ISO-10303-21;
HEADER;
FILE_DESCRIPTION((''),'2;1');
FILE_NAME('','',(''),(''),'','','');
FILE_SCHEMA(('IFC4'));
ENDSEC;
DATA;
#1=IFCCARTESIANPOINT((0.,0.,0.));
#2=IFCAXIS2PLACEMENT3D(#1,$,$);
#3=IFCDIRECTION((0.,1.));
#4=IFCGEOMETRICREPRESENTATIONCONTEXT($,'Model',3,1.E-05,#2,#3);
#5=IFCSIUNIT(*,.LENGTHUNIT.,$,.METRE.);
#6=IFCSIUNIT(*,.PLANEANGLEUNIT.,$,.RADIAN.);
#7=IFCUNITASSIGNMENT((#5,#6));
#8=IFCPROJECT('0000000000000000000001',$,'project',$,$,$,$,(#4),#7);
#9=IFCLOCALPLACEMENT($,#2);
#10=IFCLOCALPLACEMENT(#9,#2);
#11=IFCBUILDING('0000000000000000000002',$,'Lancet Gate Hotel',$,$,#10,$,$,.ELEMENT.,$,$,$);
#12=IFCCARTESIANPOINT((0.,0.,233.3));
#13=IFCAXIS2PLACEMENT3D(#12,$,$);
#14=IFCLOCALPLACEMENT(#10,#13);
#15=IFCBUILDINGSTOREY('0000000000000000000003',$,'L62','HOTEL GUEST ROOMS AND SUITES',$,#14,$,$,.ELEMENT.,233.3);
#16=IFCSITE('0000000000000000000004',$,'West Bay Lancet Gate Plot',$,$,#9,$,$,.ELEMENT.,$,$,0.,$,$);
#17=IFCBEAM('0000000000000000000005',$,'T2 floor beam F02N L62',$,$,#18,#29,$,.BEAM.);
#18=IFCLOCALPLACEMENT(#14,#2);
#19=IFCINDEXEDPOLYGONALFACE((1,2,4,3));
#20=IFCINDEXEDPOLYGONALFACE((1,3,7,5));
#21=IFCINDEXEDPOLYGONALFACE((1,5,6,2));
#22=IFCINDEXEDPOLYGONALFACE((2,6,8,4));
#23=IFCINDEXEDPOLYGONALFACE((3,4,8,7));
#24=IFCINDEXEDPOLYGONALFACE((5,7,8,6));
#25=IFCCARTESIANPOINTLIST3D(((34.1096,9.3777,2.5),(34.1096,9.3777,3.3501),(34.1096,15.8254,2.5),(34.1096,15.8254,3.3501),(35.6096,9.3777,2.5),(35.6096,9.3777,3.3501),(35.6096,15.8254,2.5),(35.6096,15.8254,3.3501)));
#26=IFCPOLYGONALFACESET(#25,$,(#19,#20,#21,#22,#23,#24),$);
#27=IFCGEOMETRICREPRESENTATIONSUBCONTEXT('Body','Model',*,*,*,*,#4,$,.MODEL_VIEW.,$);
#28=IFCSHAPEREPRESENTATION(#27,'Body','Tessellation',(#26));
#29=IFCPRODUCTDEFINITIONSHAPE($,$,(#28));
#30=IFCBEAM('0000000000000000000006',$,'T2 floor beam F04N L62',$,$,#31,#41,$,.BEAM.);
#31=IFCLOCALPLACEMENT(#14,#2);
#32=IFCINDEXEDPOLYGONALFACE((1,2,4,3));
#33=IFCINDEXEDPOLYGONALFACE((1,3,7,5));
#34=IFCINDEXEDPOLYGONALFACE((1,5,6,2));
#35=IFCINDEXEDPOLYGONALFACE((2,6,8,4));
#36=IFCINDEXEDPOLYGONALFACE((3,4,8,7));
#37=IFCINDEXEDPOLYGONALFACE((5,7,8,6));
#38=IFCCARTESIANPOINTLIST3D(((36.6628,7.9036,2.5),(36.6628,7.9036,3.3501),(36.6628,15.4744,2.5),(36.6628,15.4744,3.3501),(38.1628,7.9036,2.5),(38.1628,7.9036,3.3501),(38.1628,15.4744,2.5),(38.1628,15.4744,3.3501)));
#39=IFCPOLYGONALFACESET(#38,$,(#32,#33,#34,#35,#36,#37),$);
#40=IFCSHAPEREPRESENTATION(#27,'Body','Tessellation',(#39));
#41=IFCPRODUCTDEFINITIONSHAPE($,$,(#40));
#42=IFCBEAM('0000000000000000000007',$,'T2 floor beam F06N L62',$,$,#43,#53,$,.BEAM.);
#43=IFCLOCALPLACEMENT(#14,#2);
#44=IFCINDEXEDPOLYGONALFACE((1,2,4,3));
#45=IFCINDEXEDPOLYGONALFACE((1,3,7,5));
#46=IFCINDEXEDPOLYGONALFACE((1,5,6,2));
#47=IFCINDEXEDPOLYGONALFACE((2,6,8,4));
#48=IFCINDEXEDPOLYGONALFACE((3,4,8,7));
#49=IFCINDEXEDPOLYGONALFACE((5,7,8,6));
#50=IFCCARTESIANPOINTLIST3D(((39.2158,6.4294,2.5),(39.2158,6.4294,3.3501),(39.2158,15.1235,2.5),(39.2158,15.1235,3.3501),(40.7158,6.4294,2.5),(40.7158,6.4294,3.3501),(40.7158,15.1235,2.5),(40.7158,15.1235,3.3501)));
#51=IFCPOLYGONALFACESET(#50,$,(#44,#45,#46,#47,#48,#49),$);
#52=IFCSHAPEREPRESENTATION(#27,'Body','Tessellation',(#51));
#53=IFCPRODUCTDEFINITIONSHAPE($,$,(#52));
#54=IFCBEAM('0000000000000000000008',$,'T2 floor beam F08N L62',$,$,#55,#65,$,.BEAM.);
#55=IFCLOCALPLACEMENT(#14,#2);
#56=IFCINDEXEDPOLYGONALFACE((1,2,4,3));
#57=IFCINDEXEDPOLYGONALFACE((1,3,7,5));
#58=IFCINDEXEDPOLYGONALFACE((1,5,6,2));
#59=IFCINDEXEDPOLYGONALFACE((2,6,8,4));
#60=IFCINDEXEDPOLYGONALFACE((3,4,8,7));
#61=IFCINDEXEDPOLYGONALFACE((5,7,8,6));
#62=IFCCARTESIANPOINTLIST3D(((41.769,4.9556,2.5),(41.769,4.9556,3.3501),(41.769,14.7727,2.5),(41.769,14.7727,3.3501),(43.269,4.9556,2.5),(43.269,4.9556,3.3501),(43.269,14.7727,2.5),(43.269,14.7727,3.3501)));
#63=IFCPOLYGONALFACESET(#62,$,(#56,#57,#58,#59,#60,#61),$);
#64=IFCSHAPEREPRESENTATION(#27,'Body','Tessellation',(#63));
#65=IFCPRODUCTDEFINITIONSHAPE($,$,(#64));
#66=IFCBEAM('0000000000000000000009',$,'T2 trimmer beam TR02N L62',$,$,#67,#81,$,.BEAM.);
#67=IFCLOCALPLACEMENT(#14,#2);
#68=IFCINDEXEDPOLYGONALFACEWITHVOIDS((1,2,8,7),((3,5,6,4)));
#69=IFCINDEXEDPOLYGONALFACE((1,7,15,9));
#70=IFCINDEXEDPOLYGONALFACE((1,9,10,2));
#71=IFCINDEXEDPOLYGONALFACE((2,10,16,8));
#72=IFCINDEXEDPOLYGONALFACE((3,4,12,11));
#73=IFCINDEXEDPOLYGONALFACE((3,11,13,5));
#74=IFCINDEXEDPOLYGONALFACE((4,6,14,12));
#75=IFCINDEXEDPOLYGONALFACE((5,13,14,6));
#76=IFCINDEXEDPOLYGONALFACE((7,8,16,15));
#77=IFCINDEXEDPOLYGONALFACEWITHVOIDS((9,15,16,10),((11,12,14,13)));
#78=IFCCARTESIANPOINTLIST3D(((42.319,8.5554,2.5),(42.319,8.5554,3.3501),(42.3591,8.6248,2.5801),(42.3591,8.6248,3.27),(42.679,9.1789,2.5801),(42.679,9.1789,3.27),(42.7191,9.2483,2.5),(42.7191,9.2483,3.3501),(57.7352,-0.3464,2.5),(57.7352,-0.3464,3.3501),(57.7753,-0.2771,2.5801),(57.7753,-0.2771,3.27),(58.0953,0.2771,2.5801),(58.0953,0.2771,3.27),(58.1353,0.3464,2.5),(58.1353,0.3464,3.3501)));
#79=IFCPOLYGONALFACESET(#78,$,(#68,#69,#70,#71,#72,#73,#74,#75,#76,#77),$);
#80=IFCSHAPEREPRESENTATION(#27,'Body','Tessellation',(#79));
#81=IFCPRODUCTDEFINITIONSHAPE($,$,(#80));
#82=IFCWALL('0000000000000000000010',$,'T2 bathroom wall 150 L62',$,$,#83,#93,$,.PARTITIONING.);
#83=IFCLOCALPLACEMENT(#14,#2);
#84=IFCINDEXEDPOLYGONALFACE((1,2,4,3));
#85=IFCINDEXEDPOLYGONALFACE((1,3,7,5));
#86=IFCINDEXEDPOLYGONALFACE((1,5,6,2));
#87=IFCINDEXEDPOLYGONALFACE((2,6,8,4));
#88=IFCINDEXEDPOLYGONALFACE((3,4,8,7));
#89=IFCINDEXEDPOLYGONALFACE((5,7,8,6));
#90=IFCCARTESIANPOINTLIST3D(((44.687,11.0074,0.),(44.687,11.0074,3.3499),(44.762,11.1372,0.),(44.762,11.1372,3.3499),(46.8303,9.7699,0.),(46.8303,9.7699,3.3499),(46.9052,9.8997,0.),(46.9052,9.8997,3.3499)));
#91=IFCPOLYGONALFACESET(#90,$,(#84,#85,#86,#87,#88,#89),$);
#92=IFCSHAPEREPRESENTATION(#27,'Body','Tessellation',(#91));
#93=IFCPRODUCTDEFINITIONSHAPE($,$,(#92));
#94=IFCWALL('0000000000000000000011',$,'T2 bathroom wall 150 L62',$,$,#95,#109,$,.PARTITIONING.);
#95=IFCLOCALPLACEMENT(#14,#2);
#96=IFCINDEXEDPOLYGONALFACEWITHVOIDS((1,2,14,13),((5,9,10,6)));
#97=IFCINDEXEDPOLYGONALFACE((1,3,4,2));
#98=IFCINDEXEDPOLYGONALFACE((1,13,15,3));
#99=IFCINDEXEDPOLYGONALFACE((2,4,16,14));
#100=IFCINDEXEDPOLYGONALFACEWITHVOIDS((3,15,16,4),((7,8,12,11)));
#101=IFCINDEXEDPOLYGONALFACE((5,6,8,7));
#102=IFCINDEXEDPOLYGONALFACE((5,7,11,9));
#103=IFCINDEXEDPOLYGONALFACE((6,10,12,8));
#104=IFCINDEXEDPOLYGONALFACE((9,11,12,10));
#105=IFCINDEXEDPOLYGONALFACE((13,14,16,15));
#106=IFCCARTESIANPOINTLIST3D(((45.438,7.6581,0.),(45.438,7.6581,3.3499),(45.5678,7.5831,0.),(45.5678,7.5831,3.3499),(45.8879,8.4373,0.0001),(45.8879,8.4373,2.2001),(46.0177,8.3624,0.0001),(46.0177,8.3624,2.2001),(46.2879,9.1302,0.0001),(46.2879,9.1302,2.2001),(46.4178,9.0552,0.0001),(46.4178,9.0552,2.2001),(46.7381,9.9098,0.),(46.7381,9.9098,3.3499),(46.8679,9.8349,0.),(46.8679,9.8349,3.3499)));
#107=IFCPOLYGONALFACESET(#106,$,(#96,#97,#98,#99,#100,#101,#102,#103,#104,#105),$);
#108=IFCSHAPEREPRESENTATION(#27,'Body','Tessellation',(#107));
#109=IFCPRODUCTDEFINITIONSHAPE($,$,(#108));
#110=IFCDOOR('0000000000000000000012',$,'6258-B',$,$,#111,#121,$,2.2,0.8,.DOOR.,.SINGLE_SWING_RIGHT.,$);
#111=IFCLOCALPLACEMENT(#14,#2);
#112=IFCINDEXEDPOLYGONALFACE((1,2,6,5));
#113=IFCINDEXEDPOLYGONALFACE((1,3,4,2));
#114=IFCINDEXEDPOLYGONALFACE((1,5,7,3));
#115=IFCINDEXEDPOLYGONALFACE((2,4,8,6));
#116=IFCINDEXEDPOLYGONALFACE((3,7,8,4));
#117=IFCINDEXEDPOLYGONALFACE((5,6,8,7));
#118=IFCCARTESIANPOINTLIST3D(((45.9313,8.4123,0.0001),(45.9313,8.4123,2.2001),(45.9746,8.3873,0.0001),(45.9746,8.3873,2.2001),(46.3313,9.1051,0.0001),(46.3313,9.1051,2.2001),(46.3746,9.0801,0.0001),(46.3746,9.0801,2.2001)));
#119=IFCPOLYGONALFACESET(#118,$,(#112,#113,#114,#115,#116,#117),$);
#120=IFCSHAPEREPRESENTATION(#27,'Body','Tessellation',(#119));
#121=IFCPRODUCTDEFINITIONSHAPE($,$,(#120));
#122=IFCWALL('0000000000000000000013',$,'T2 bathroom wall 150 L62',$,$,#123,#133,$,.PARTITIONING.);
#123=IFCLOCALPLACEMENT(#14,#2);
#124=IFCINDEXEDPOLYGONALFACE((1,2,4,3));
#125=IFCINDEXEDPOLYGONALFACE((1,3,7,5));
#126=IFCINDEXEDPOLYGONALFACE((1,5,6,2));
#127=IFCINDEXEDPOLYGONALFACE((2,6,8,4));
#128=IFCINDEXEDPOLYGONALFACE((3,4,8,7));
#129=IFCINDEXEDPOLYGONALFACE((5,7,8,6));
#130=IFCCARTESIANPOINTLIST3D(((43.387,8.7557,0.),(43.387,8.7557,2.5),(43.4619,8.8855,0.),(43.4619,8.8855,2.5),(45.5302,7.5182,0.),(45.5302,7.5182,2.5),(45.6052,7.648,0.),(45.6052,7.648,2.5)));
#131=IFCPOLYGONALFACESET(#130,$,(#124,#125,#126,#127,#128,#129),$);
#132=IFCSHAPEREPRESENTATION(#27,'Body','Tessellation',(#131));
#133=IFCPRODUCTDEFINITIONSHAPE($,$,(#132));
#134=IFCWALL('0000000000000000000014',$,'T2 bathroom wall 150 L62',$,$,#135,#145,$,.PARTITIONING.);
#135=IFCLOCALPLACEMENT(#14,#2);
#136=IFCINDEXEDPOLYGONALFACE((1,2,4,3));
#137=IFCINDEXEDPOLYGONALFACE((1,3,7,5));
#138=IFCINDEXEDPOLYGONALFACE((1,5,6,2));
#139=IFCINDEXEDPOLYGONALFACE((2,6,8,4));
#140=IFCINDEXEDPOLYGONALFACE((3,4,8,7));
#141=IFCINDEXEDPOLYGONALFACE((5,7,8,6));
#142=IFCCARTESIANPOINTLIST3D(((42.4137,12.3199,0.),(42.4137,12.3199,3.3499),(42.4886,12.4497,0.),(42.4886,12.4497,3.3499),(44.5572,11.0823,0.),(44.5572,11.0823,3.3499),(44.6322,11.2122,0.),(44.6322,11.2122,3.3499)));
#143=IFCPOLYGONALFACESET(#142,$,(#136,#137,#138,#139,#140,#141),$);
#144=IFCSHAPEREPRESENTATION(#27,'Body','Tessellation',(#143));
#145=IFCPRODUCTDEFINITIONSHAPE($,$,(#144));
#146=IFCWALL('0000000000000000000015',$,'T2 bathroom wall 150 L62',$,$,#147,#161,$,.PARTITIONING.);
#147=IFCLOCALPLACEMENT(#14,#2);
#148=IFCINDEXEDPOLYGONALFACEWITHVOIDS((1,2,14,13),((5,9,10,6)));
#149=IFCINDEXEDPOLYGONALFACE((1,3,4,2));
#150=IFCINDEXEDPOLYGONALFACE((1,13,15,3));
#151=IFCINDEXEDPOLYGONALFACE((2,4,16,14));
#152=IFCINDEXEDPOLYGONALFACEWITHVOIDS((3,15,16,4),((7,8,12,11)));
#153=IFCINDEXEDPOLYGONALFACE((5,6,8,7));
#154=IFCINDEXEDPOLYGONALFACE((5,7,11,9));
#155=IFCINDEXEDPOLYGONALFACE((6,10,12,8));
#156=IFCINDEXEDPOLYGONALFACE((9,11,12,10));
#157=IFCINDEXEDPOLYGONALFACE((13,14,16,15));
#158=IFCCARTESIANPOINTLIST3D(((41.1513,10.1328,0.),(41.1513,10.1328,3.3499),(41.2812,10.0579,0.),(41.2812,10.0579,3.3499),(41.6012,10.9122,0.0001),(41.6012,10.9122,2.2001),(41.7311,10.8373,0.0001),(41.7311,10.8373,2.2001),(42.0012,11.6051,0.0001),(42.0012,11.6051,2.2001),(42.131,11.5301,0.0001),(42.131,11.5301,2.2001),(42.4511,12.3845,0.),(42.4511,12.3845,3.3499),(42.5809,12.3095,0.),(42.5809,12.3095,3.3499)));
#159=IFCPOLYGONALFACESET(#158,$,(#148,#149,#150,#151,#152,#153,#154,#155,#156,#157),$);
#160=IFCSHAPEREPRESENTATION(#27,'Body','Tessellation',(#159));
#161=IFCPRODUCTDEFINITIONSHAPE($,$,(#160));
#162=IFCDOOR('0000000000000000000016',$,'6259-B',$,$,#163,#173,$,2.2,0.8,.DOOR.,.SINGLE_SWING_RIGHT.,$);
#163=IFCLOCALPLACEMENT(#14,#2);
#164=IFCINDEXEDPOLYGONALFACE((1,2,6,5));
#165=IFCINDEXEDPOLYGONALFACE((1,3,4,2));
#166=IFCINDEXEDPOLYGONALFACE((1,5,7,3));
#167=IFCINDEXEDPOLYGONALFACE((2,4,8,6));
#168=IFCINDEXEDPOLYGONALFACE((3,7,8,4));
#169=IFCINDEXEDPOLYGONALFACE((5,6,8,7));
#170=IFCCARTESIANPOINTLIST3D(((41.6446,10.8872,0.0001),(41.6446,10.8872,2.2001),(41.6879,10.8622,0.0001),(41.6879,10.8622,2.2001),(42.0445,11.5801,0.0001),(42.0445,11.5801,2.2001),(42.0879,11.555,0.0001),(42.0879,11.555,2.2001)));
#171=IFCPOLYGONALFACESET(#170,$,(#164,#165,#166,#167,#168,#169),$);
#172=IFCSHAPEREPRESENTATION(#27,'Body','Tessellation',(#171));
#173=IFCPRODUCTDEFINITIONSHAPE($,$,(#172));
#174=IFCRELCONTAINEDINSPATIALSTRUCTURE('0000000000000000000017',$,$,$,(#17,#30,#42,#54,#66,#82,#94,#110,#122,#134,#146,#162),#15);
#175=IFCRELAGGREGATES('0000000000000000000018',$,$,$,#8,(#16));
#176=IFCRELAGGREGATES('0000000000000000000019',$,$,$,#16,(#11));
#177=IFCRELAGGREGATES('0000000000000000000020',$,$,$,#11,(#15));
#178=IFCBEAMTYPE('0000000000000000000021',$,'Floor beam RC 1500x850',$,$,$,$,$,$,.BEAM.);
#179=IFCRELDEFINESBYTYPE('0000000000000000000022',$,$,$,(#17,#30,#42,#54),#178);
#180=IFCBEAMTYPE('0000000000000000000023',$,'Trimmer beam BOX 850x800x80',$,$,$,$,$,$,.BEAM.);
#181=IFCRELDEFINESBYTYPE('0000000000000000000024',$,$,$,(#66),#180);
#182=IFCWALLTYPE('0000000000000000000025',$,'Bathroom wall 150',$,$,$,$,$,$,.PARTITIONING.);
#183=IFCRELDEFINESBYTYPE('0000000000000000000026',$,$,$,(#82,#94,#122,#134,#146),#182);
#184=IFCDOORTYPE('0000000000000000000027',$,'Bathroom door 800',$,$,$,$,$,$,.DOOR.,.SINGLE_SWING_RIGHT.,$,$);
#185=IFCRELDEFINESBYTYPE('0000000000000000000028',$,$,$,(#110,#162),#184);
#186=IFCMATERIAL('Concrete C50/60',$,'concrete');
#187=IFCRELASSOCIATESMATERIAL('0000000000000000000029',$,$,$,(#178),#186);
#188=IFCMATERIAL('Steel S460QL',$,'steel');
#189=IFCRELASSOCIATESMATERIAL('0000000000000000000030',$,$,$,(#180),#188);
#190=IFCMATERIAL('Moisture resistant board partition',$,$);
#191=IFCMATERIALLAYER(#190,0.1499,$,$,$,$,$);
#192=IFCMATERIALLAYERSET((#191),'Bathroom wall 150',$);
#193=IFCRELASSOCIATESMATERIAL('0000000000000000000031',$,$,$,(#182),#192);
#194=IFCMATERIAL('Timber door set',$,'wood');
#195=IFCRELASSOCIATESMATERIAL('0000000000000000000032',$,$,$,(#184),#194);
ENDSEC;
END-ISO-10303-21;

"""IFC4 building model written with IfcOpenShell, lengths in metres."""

from ifc_helpers import new_model, si_unit, direction, frame, frame_2d, origin, origin_2d, place, context, subcontext, project, spatial, rectangle, hollow_rectangle, extrude, material, layer, layer_set, material_profile, profile_set, type_object, element, fill, save


model = new_model("IFC4")

# Units and contexts
model_context = context("Model", 3, precision=1e-05, world=origin(), true_north=direction((0.0, 1.0)))
body_context = subcontext(model_context, "Body", "Model", "MODEL_VIEW")
ifc_project = project(units=[si_unit("LENGTHUNIT", "METRE"), si_unit("PLANEANGLEUNIT", "RADIAN")], contexts=[model_context])

# Site, building, storey
site_placement = place(None, origin())
site = spatial("IfcSite", under=ifc_project, at=site_placement, Name="West Bay Lancet Gate Plot", CompositionType="ELEMENT", RefElevation=0.0)
building_placement = place(site_placement, origin())
building = spatial("IfcBuilding", under=site, at=building_placement, Name="Lancet Gate Hotel", CompositionType="ELEMENT")
storey_placement = place(building_placement, frame((0.0, 0.0, 233.3)))
storey = spatial("IfcBuildingStorey", under=building, at=storey_placement, Name="L62", Description="HOTEL GUEST ROOMS AND SUITES", CompositionType="ELEMENT", Elevation=233.3)

# Beams
ifc_material_1 = material(Name="Concrete C50/60", Category="concrete")
ifc_material_profile_1 = material_profile(ifc_material_1, rectangle(XDim=1.5, YDim=0.8501, at=origin_2d()), Name="RC 1500x850")
ifc_profile_set_1 = profile_set([ifc_material_profile_1], Name="Concrete C50/60")
beam_type_1 = type_object("IfcBeamType", Name="Floor beam RC 1500x850", PredefinedType="BEAM", material=ifc_profile_set_1)
beam_1_placement = place(storey_placement, frame((34.8596, 9.3777, 2.925), z_axis=(0.0, 1.0, 0.0), x_axis=(-1.0, 0.0, 0.0)))
element("IfcBeam", 1, at=beam_1_placement, inside=storey, type_object=beam_type_1, Name="T2 floor beam F02N L62", PredefinedType="BEAM", context=body_context, shape_type="SweptSolid", body=[
    extrude(rectangle(XDim=1.5, YDim=0.8501, at=origin_2d()), origin(), (0.0, 0.0, 1.0), 6.4478),
])
beam_2_placement = place(storey_placement, frame((37.4128, 7.9036, 2.925), z_axis=(0.0, 1.0, 0.0), x_axis=(-1.0, 0.0, 0.0)))
element("IfcBeam", 2, at=beam_2_placement, inside=storey, type_object=beam_type_1, Name="T2 floor beam F04N L62", PredefinedType="BEAM", context=body_context, shape_type="SweptSolid", body=[
    extrude(rectangle(XDim=1.5, YDim=0.8501, at=origin_2d()), origin(), (0.0, 0.0, 1.0), 7.5708),
])
beam_3_placement = place(storey_placement, frame((39.9658, 6.4294, 2.925), z_axis=(0.0, 1.0, 0.0), x_axis=(-1.0, 0.0, 0.0)))
element("IfcBeam", 3, at=beam_3_placement, inside=storey, type_object=beam_type_1, Name="T2 floor beam F06N L62", PredefinedType="BEAM", context=body_context, shape_type="SweptSolid", body=[
    extrude(rectangle(XDim=1.5, YDim=0.8501, at=origin_2d()), origin(), (0.0, 0.0, 1.0), 8.6941),
])
beam_4_placement = place(storey_placement, frame((42.519, 4.9556, 2.925), z_axis=(0.0, 1.0, 0.0), x_axis=(-1.0, 0.0, 0.0)))
element("IfcBeam", 4, at=beam_4_placement, inside=storey, type_object=beam_type_1, Name="T2 floor beam F08N L62", PredefinedType="BEAM", context=body_context, shape_type="SweptSolid", body=[
    extrude(rectangle(XDim=1.5, YDim=0.8501, at=origin_2d()), origin(), (0.0, 0.0, 1.0), 9.8171),
])
ifc_material_2 = material(Name="Steel S460QL", Category="steel")
ifc_material_profile_2 = material_profile(ifc_material_2, hollow_rectangle(XDim=0.8, YDim=0.8501, WallThickness=0.0801, at=origin_2d()), Name="BOX 850x800x80")
ifc_profile_set_2 = profile_set([ifc_material_profile_2], Name="Steel S460QL")
beam_type_2 = type_object("IfcBeamType", Name="Trimmer beam BOX 850x800x80", PredefinedType="BEAM", material=ifc_profile_set_2)
beam_5_placement = place(storey_placement, frame((42.519, 8.9019, 2.925), z_axis=(0.865994, -0.500054, 0.0), x_axis=(0.500054, 0.865994, 0.0)))
element("IfcBeam", 5, at=beam_5_placement, inside=storey, type_object=beam_type_2, Name="T2 trimmer beam TR02N L62", PredefinedType="BEAM", context=body_context, shape_type="SweptSolid", body=[
    extrude(hollow_rectangle(XDim=0.8, YDim=0.8501, WallThickness=0.0801, at=origin_2d()), origin(), (0.0, 0.0, 1.0), 17.8018),
])

# Wall
ifc_material_3 = material(Name="Moisture resistant board partition")
ifc_layer_1 = layer(ifc_material_3, 0.1499)
ifc_layer_set_1 = layer_set([ifc_layer_1], Name="Bathroom wall 150")
wall_type_1 = type_object("IfcWallType", Name="Bathroom wall 150", PredefinedType="PARTITIONING", material=ifc_layer_set_1)
wall_1_placement = place(storey_placement, frame((44.7246, 11.0723, 0.0), z_axis=(0.0, 0.0, 1.0), x_axis=(0.866007, -0.500033, 0.0)))
element("IfcWall", 6, at=wall_1_placement, inside=storey, type_object=wall_type_1, Name="T2 bathroom wall 150 L62", PredefinedType="PARTITIONING", context=body_context, shape_type="SweptSolid", body=[
    extrude(rectangle(XDim=2.4749, YDim=0.1499, at=frame_2d((1.2373, 0.0))), origin(), (0.0, 0.0, 1.0), 3.3499),
])

# Wall, opening, door
wall_2_placement = place(storey_placement, frame((45.5029, 7.6206, 0.0), z_axis=(0.0, 0.0, 1.0), x_axis=(0.500007, 0.866021, 0.0)))
wall_2 = element("IfcWall", 7, at=wall_2_placement, inside=storey, type_object=wall_type_1, Name="T2 bathroom wall 150 L62", PredefinedType="PARTITIONING", context=body_context, shape_type="SweptSolid", body=[
    extrude(rectangle(XDim=2.6001, YDim=0.1499, at=frame_2d((1.3, 0.0))), origin(), (0.0, 0.0, 1.0), 3.3499),
])
opening_1_placement = place(wall_2_placement, frame((0.8999, 0.0, 0.0)))
opening_1 = element("IfcOpeningElement", 8, at=opening_1_placement, cuts=wall_2, PredefinedType="OPENING", context=body_context, shape_type="SweptSolid", body=[
    extrude(rectangle(XDim=0.8, YDim=2.2, at=frame_2d((0.3999, 1.1001))), frame((0.0, 0.085, 0.0), z_axis=(0.0, -1.0, 0.0), x_axis=(1.0, 0.0, 0.0)), (0.0, 0.0, 1.0), 0.1699),
])
ifc_material_4 = material(Name="Timber door set", Category="wood")
door_type_1 = type_object("IfcDoorType", Name="Bathroom door 800", OperationType="SINGLE_SWING_RIGHT", PredefinedType="DOOR", material=ifc_material_4)
door_1_placement = place(opening_1_placement, origin())
door_1 = element("IfcDoor", 9, at=door_1_placement, inside=storey, type_object=door_type_1, Name="6258-B", OperationType="SINGLE_SWING_RIGHT", OverallHeight=2.2, OverallWidth=0.8, PredefinedType="DOOR", context=body_context, shape_type="SweptSolid", body=[
    extrude(rectangle(XDim=0.8, YDim=2.2, at=frame_2d((0.3999, 1.1001))), frame((0.0, 0.0249, 0.0), z_axis=(0.0, -1.0, 0.0), x_axis=(1.0, 0.0, 0.0)), (0.0, 0.0, 1.0), 0.05),
])
fill(opening_1, door_1)

# Walls
wall_3_placement = place(storey_placement, frame((43.4246, 8.8206, 0.0), z_axis=(0.0, 0.0, 1.0), x_axis=(0.866007, -0.500033, 0.0)))
element("IfcWall", 10, at=wall_3_placement, inside=storey, type_object=wall_type_1, Name="T2 bathroom wall 150 L62", PredefinedType="PARTITIONING", context=body_context, shape_type="SweptSolid", body=[
    extrude(rectangle(XDim=2.4749, YDim=0.1499, at=frame_2d((1.2373, 0.0))), origin(), (0.0, 0.0, 1.0), 2.5),
])
wall_4_placement = place(storey_placement, frame((42.4512, 12.3848, 0.0), z_axis=(0.0, 0.0, 1.0), x_axis=(0.866031, -0.49999, 0.0)))
element("IfcWall", 11, at=wall_4_placement, inside=storey, type_object=wall_type_1, Name="T2 bathroom wall 150 L62", PredefinedType="PARTITIONING", context=body_context, shape_type="SweptSolid", body=[
    extrude(rectangle(XDim=2.4751, YDim=0.1499, at=frame_2d((1.2375, 0.0))), origin(), (0.0, 0.0, 1.0), 3.3499),
])

# Wall, opening, door
wall_5_placement = place(storey_placement, frame((41.2163, 10.0955, 0.0), z_axis=(0.0, 0.0, 1.0), x_axis=(0.499937, 0.866062, 0.0)))
wall_5 = element("IfcWall", 12, at=wall_5_placement, inside=storey, type_object=wall_type_1, Name="T2 bathroom wall 150 L62", PredefinedType="PARTITIONING", context=body_context, shape_type="SweptSolid", body=[
    extrude(rectangle(XDim=2.5999, YDim=0.1499, at=frame_2d((1.2998, 0.0))), origin(), (0.0, 0.0, 1.0), 3.3499),
])
opening_2_placement = place(wall_5_placement, frame((0.8999, 0.0, 0.0)))
opening_2 = element("IfcOpeningElement", 13, at=opening_2_placement, cuts=wall_5, PredefinedType="OPENING", context=body_context, shape_type="SweptSolid", body=[
    extrude(rectangle(XDim=0.8, YDim=2.2, at=frame_2d((0.3999, 1.1001))), frame((0.0, 0.085, 0.0), z_axis=(0.0, -1.0, 0.0), x_axis=(1.0, 0.0, 0.0)), (0.0, 0.0, 1.0), 0.1699),
])
door_2_placement = place(opening_2_placement, origin())
door_2 = element("IfcDoor", 14, at=door_2_placement, inside=storey, type_object=door_type_1, Name="6259-B", OperationType="SINGLE_SWING_RIGHT", OverallHeight=2.2, OverallWidth=0.8, PredefinedType="DOOR", context=body_context, shape_type="SweptSolid", body=[
    extrude(rectangle(XDim=0.8, YDim=2.2, at=frame_2d((0.3999, 1.1001))), frame((0.0, 0.0249, 0.0), z_axis=(0.0, -1.0, 0.0), x_axis=(1.0, 0.0, 0.0)), (0.0, 0.0, 1.0), 0.05),
])
fill(opening_2, door_2)

save(model, "model.ifc")
